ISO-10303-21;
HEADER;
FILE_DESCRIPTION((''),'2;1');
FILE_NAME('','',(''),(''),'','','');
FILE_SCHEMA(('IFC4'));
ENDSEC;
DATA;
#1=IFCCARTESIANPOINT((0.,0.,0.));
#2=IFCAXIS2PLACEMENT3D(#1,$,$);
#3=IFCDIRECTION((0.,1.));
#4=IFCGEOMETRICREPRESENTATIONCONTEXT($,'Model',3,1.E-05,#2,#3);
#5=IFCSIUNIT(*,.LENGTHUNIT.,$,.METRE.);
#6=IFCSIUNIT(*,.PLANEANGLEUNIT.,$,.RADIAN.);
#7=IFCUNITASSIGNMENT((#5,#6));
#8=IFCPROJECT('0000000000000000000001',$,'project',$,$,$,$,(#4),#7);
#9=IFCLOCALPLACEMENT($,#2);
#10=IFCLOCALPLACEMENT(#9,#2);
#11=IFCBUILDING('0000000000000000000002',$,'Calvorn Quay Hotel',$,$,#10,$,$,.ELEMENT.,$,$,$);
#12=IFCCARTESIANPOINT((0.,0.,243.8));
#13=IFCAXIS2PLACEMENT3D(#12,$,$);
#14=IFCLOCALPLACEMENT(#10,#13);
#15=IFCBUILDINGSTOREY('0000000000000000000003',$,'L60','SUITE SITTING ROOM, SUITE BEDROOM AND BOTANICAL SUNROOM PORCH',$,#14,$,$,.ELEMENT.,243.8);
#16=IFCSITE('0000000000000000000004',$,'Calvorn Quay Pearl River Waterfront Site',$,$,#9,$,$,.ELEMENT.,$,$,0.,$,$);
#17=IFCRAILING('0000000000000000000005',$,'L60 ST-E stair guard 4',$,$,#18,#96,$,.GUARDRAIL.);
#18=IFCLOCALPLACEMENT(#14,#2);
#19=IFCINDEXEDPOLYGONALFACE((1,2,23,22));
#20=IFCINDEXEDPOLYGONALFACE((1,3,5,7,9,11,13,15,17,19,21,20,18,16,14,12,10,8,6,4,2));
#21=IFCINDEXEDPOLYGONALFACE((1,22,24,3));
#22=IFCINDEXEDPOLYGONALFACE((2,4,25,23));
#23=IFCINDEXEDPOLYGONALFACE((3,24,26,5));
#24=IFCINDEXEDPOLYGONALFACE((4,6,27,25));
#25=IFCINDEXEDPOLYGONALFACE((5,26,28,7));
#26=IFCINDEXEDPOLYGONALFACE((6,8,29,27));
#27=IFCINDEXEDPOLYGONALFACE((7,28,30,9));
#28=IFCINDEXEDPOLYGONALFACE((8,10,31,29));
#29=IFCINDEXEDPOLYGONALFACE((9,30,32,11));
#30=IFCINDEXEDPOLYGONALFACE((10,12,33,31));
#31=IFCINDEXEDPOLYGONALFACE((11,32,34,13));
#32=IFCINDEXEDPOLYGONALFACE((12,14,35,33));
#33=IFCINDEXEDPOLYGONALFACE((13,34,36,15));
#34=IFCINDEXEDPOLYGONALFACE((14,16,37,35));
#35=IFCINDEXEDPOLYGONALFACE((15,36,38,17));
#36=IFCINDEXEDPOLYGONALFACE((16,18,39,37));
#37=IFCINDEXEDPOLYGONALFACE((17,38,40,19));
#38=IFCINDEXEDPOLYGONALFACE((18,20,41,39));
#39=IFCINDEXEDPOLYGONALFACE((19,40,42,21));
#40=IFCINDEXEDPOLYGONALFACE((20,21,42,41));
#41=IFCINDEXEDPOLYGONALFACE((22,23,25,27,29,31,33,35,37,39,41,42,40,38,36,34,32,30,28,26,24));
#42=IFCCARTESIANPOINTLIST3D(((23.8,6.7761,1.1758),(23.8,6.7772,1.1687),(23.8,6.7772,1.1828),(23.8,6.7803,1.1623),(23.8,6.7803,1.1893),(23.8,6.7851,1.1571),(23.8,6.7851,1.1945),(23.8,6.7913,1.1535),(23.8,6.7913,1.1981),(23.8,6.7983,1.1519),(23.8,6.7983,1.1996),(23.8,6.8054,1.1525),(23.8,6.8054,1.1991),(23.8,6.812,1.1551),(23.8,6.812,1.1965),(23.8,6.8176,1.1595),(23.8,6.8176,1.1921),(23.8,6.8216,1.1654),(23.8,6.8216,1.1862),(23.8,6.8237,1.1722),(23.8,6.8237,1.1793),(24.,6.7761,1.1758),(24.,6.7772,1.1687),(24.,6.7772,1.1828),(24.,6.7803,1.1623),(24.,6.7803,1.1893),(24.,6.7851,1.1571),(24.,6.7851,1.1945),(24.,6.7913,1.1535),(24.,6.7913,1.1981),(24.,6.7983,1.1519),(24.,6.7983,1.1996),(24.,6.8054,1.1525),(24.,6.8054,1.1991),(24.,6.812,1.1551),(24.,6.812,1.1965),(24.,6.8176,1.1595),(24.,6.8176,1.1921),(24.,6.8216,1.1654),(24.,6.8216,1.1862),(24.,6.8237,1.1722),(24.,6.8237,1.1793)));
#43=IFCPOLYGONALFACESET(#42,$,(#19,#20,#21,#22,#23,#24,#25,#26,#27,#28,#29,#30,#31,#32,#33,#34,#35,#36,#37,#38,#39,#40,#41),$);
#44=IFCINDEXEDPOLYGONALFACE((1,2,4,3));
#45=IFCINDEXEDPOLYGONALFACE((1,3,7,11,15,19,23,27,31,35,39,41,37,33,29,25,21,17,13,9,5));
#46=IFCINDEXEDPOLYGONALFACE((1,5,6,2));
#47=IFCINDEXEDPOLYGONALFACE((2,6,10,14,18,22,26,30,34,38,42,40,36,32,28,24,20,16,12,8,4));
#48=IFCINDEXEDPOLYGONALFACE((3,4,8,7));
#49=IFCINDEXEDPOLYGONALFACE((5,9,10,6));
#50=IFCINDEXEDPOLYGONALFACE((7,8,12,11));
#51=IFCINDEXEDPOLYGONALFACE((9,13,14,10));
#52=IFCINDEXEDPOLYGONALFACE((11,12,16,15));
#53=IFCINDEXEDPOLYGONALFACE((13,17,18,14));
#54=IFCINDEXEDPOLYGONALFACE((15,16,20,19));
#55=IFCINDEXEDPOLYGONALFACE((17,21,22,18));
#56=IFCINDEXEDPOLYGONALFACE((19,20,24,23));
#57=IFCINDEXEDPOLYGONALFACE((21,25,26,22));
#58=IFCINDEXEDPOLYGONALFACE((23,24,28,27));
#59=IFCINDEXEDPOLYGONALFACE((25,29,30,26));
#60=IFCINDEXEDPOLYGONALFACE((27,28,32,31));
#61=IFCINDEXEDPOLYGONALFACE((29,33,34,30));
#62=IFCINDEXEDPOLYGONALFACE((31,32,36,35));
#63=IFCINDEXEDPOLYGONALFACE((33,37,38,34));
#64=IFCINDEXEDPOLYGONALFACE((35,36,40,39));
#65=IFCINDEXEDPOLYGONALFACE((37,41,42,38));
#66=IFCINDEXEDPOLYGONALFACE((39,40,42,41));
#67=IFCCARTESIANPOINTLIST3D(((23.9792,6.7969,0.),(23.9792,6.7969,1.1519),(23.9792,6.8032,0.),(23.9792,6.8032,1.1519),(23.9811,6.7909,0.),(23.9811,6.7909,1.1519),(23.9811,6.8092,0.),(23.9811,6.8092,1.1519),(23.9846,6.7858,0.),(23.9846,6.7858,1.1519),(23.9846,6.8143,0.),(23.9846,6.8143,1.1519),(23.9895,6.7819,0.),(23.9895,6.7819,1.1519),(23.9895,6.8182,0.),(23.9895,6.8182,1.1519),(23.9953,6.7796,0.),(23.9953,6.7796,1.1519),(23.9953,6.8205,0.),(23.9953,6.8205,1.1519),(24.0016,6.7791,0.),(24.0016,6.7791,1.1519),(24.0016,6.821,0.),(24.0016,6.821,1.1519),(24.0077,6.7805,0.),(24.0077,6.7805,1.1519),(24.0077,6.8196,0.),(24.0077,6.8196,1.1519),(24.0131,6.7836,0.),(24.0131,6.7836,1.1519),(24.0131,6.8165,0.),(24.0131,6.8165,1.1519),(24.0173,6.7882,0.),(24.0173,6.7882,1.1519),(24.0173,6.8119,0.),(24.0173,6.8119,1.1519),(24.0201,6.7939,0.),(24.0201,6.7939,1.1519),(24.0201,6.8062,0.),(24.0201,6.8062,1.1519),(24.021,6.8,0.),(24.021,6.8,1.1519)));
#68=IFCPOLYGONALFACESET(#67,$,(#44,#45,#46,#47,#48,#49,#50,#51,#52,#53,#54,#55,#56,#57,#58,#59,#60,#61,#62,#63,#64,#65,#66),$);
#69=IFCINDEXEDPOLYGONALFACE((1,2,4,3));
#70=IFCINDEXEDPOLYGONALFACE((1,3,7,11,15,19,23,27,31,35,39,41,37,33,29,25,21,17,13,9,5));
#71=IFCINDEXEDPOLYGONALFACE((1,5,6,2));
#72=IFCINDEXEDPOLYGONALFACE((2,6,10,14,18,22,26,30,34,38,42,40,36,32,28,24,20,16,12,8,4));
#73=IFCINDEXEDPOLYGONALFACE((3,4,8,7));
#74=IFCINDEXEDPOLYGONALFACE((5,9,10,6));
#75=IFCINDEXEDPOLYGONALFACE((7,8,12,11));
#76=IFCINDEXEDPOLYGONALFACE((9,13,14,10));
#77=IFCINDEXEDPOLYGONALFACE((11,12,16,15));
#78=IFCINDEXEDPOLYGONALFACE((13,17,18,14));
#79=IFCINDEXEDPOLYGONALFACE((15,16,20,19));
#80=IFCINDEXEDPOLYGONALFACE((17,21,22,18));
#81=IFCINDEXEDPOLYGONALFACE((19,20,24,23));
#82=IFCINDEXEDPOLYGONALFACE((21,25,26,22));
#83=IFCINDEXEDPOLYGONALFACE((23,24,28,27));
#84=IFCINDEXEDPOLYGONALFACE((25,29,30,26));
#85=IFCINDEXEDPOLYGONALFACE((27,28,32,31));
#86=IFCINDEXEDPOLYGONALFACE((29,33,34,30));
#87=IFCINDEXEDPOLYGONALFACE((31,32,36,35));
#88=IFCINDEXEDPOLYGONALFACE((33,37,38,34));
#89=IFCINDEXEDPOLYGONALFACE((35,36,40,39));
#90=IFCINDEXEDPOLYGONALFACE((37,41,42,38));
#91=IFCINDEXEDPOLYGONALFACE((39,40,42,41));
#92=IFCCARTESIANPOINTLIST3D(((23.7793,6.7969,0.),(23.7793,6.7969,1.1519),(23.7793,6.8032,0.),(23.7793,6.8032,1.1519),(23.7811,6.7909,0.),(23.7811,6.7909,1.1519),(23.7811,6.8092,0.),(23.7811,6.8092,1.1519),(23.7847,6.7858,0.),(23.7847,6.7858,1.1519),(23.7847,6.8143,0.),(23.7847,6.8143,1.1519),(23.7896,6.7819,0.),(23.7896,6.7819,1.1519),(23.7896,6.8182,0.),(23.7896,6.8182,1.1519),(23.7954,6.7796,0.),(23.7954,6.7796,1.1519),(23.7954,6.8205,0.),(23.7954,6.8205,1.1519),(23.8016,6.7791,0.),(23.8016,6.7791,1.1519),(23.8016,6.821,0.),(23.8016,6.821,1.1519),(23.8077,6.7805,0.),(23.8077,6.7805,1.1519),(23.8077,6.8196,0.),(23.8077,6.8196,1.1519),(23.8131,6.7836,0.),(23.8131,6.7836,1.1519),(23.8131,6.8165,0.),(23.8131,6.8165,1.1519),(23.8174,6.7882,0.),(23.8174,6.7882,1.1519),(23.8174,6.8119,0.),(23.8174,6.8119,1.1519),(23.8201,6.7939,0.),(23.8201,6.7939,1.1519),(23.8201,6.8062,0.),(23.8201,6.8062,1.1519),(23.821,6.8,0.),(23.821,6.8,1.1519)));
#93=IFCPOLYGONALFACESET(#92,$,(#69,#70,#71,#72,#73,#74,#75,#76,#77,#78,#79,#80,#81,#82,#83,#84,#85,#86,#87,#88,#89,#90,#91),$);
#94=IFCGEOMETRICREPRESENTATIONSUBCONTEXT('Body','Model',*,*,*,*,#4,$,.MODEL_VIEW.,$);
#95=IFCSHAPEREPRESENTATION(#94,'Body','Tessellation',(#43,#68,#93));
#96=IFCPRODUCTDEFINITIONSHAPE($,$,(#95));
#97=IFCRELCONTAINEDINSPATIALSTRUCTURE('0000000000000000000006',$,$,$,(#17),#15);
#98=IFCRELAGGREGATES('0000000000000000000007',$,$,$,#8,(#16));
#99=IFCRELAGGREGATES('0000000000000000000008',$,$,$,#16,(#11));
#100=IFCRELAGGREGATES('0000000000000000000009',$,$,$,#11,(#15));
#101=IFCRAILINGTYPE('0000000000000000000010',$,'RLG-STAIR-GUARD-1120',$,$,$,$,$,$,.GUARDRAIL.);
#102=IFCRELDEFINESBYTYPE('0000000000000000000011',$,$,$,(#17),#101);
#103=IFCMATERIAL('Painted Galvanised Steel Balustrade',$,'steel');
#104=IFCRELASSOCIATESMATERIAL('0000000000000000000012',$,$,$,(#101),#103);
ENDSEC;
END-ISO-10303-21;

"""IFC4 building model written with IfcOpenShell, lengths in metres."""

from ifc_helpers import new_model, si_unit, direction, frame, origin, origin_2d, place, context, subcontext, project, spatial, circle, extrude, material, type_object, element, save


model = new_model("IFC4")

# Units and contexts
model_context = context("Model", 3, precision=1e-05, world=origin(), true_north=direction((0.0, 1.0)))
body_context = subcontext(model_context, "Body", "Model", "MODEL_VIEW")
ifc_project = project(units=[si_unit("LENGTHUNIT", "METRE"), si_unit("PLANEANGLEUNIT", "RADIAN")], contexts=[model_context])

# Site, building, storey
site_placement = place(None, origin())
site = spatial("IfcSite", under=ifc_project, at=site_placement, Name="Calvorn Quay Pearl River Waterfront Site", CompositionType="ELEMENT", RefElevation=0.0)
building_placement = place(site_placement, origin())
building = spatial("IfcBuilding", under=site, at=building_placement, Name="Calvorn Quay Hotel", CompositionType="ELEMENT")
storey_placement = place(building_placement, frame((0.0, 0.0, 243.8)))
storey = spatial("IfcBuildingStorey", under=building, at=storey_placement, Name="L60", Description="SUITE SITTING ROOM, SUITE BEDROOM AND BOTANICAL SUNROOM PORCH", CompositionType="ELEMENT", Elevation=243.8)

# Railing
ifc_material_1 = material(Name="Painted Galvanised Steel Balustrade", Category="steel")
railing_type_1 = type_object("IfcRailingType", Name="RLG-STAIR-GUARD-1120", PredefinedType="GUARDRAIL", material=ifc_material_1)
railing_1_placement = place(storey_placement, frame((24.0, 6.8, 0.0)))
element("IfcRailing", 1, at=railing_1_placement, inside=storey, type_object=railing_type_1, Name="L60 ST-E stair guard 4", PredefinedType="GUARDRAIL", context=body_context, shape_type="SweptSolid", body=[
    extrude(circle(Radius=0.0239, at=origin_2d()), frame((0.0, 0.0, 1.1758), z_axis=(-1.0, 0.0, 0.0), x_axis=(0.0, -1.0, 0.0)), (0.0, 0.0, 1.0), 0.2),
    extrude(circle(Radius=0.021, at=origin_2d()), origin(), (0.0, 0.0, 1.0), 1.1519),
    extrude(circle(Radius=0.021, at=origin_2d()), frame((-0.2, 0.0, 0.0)), (0.0, 0.0, 1.0), 1.1519),
])

save(model, "model.ifc")
